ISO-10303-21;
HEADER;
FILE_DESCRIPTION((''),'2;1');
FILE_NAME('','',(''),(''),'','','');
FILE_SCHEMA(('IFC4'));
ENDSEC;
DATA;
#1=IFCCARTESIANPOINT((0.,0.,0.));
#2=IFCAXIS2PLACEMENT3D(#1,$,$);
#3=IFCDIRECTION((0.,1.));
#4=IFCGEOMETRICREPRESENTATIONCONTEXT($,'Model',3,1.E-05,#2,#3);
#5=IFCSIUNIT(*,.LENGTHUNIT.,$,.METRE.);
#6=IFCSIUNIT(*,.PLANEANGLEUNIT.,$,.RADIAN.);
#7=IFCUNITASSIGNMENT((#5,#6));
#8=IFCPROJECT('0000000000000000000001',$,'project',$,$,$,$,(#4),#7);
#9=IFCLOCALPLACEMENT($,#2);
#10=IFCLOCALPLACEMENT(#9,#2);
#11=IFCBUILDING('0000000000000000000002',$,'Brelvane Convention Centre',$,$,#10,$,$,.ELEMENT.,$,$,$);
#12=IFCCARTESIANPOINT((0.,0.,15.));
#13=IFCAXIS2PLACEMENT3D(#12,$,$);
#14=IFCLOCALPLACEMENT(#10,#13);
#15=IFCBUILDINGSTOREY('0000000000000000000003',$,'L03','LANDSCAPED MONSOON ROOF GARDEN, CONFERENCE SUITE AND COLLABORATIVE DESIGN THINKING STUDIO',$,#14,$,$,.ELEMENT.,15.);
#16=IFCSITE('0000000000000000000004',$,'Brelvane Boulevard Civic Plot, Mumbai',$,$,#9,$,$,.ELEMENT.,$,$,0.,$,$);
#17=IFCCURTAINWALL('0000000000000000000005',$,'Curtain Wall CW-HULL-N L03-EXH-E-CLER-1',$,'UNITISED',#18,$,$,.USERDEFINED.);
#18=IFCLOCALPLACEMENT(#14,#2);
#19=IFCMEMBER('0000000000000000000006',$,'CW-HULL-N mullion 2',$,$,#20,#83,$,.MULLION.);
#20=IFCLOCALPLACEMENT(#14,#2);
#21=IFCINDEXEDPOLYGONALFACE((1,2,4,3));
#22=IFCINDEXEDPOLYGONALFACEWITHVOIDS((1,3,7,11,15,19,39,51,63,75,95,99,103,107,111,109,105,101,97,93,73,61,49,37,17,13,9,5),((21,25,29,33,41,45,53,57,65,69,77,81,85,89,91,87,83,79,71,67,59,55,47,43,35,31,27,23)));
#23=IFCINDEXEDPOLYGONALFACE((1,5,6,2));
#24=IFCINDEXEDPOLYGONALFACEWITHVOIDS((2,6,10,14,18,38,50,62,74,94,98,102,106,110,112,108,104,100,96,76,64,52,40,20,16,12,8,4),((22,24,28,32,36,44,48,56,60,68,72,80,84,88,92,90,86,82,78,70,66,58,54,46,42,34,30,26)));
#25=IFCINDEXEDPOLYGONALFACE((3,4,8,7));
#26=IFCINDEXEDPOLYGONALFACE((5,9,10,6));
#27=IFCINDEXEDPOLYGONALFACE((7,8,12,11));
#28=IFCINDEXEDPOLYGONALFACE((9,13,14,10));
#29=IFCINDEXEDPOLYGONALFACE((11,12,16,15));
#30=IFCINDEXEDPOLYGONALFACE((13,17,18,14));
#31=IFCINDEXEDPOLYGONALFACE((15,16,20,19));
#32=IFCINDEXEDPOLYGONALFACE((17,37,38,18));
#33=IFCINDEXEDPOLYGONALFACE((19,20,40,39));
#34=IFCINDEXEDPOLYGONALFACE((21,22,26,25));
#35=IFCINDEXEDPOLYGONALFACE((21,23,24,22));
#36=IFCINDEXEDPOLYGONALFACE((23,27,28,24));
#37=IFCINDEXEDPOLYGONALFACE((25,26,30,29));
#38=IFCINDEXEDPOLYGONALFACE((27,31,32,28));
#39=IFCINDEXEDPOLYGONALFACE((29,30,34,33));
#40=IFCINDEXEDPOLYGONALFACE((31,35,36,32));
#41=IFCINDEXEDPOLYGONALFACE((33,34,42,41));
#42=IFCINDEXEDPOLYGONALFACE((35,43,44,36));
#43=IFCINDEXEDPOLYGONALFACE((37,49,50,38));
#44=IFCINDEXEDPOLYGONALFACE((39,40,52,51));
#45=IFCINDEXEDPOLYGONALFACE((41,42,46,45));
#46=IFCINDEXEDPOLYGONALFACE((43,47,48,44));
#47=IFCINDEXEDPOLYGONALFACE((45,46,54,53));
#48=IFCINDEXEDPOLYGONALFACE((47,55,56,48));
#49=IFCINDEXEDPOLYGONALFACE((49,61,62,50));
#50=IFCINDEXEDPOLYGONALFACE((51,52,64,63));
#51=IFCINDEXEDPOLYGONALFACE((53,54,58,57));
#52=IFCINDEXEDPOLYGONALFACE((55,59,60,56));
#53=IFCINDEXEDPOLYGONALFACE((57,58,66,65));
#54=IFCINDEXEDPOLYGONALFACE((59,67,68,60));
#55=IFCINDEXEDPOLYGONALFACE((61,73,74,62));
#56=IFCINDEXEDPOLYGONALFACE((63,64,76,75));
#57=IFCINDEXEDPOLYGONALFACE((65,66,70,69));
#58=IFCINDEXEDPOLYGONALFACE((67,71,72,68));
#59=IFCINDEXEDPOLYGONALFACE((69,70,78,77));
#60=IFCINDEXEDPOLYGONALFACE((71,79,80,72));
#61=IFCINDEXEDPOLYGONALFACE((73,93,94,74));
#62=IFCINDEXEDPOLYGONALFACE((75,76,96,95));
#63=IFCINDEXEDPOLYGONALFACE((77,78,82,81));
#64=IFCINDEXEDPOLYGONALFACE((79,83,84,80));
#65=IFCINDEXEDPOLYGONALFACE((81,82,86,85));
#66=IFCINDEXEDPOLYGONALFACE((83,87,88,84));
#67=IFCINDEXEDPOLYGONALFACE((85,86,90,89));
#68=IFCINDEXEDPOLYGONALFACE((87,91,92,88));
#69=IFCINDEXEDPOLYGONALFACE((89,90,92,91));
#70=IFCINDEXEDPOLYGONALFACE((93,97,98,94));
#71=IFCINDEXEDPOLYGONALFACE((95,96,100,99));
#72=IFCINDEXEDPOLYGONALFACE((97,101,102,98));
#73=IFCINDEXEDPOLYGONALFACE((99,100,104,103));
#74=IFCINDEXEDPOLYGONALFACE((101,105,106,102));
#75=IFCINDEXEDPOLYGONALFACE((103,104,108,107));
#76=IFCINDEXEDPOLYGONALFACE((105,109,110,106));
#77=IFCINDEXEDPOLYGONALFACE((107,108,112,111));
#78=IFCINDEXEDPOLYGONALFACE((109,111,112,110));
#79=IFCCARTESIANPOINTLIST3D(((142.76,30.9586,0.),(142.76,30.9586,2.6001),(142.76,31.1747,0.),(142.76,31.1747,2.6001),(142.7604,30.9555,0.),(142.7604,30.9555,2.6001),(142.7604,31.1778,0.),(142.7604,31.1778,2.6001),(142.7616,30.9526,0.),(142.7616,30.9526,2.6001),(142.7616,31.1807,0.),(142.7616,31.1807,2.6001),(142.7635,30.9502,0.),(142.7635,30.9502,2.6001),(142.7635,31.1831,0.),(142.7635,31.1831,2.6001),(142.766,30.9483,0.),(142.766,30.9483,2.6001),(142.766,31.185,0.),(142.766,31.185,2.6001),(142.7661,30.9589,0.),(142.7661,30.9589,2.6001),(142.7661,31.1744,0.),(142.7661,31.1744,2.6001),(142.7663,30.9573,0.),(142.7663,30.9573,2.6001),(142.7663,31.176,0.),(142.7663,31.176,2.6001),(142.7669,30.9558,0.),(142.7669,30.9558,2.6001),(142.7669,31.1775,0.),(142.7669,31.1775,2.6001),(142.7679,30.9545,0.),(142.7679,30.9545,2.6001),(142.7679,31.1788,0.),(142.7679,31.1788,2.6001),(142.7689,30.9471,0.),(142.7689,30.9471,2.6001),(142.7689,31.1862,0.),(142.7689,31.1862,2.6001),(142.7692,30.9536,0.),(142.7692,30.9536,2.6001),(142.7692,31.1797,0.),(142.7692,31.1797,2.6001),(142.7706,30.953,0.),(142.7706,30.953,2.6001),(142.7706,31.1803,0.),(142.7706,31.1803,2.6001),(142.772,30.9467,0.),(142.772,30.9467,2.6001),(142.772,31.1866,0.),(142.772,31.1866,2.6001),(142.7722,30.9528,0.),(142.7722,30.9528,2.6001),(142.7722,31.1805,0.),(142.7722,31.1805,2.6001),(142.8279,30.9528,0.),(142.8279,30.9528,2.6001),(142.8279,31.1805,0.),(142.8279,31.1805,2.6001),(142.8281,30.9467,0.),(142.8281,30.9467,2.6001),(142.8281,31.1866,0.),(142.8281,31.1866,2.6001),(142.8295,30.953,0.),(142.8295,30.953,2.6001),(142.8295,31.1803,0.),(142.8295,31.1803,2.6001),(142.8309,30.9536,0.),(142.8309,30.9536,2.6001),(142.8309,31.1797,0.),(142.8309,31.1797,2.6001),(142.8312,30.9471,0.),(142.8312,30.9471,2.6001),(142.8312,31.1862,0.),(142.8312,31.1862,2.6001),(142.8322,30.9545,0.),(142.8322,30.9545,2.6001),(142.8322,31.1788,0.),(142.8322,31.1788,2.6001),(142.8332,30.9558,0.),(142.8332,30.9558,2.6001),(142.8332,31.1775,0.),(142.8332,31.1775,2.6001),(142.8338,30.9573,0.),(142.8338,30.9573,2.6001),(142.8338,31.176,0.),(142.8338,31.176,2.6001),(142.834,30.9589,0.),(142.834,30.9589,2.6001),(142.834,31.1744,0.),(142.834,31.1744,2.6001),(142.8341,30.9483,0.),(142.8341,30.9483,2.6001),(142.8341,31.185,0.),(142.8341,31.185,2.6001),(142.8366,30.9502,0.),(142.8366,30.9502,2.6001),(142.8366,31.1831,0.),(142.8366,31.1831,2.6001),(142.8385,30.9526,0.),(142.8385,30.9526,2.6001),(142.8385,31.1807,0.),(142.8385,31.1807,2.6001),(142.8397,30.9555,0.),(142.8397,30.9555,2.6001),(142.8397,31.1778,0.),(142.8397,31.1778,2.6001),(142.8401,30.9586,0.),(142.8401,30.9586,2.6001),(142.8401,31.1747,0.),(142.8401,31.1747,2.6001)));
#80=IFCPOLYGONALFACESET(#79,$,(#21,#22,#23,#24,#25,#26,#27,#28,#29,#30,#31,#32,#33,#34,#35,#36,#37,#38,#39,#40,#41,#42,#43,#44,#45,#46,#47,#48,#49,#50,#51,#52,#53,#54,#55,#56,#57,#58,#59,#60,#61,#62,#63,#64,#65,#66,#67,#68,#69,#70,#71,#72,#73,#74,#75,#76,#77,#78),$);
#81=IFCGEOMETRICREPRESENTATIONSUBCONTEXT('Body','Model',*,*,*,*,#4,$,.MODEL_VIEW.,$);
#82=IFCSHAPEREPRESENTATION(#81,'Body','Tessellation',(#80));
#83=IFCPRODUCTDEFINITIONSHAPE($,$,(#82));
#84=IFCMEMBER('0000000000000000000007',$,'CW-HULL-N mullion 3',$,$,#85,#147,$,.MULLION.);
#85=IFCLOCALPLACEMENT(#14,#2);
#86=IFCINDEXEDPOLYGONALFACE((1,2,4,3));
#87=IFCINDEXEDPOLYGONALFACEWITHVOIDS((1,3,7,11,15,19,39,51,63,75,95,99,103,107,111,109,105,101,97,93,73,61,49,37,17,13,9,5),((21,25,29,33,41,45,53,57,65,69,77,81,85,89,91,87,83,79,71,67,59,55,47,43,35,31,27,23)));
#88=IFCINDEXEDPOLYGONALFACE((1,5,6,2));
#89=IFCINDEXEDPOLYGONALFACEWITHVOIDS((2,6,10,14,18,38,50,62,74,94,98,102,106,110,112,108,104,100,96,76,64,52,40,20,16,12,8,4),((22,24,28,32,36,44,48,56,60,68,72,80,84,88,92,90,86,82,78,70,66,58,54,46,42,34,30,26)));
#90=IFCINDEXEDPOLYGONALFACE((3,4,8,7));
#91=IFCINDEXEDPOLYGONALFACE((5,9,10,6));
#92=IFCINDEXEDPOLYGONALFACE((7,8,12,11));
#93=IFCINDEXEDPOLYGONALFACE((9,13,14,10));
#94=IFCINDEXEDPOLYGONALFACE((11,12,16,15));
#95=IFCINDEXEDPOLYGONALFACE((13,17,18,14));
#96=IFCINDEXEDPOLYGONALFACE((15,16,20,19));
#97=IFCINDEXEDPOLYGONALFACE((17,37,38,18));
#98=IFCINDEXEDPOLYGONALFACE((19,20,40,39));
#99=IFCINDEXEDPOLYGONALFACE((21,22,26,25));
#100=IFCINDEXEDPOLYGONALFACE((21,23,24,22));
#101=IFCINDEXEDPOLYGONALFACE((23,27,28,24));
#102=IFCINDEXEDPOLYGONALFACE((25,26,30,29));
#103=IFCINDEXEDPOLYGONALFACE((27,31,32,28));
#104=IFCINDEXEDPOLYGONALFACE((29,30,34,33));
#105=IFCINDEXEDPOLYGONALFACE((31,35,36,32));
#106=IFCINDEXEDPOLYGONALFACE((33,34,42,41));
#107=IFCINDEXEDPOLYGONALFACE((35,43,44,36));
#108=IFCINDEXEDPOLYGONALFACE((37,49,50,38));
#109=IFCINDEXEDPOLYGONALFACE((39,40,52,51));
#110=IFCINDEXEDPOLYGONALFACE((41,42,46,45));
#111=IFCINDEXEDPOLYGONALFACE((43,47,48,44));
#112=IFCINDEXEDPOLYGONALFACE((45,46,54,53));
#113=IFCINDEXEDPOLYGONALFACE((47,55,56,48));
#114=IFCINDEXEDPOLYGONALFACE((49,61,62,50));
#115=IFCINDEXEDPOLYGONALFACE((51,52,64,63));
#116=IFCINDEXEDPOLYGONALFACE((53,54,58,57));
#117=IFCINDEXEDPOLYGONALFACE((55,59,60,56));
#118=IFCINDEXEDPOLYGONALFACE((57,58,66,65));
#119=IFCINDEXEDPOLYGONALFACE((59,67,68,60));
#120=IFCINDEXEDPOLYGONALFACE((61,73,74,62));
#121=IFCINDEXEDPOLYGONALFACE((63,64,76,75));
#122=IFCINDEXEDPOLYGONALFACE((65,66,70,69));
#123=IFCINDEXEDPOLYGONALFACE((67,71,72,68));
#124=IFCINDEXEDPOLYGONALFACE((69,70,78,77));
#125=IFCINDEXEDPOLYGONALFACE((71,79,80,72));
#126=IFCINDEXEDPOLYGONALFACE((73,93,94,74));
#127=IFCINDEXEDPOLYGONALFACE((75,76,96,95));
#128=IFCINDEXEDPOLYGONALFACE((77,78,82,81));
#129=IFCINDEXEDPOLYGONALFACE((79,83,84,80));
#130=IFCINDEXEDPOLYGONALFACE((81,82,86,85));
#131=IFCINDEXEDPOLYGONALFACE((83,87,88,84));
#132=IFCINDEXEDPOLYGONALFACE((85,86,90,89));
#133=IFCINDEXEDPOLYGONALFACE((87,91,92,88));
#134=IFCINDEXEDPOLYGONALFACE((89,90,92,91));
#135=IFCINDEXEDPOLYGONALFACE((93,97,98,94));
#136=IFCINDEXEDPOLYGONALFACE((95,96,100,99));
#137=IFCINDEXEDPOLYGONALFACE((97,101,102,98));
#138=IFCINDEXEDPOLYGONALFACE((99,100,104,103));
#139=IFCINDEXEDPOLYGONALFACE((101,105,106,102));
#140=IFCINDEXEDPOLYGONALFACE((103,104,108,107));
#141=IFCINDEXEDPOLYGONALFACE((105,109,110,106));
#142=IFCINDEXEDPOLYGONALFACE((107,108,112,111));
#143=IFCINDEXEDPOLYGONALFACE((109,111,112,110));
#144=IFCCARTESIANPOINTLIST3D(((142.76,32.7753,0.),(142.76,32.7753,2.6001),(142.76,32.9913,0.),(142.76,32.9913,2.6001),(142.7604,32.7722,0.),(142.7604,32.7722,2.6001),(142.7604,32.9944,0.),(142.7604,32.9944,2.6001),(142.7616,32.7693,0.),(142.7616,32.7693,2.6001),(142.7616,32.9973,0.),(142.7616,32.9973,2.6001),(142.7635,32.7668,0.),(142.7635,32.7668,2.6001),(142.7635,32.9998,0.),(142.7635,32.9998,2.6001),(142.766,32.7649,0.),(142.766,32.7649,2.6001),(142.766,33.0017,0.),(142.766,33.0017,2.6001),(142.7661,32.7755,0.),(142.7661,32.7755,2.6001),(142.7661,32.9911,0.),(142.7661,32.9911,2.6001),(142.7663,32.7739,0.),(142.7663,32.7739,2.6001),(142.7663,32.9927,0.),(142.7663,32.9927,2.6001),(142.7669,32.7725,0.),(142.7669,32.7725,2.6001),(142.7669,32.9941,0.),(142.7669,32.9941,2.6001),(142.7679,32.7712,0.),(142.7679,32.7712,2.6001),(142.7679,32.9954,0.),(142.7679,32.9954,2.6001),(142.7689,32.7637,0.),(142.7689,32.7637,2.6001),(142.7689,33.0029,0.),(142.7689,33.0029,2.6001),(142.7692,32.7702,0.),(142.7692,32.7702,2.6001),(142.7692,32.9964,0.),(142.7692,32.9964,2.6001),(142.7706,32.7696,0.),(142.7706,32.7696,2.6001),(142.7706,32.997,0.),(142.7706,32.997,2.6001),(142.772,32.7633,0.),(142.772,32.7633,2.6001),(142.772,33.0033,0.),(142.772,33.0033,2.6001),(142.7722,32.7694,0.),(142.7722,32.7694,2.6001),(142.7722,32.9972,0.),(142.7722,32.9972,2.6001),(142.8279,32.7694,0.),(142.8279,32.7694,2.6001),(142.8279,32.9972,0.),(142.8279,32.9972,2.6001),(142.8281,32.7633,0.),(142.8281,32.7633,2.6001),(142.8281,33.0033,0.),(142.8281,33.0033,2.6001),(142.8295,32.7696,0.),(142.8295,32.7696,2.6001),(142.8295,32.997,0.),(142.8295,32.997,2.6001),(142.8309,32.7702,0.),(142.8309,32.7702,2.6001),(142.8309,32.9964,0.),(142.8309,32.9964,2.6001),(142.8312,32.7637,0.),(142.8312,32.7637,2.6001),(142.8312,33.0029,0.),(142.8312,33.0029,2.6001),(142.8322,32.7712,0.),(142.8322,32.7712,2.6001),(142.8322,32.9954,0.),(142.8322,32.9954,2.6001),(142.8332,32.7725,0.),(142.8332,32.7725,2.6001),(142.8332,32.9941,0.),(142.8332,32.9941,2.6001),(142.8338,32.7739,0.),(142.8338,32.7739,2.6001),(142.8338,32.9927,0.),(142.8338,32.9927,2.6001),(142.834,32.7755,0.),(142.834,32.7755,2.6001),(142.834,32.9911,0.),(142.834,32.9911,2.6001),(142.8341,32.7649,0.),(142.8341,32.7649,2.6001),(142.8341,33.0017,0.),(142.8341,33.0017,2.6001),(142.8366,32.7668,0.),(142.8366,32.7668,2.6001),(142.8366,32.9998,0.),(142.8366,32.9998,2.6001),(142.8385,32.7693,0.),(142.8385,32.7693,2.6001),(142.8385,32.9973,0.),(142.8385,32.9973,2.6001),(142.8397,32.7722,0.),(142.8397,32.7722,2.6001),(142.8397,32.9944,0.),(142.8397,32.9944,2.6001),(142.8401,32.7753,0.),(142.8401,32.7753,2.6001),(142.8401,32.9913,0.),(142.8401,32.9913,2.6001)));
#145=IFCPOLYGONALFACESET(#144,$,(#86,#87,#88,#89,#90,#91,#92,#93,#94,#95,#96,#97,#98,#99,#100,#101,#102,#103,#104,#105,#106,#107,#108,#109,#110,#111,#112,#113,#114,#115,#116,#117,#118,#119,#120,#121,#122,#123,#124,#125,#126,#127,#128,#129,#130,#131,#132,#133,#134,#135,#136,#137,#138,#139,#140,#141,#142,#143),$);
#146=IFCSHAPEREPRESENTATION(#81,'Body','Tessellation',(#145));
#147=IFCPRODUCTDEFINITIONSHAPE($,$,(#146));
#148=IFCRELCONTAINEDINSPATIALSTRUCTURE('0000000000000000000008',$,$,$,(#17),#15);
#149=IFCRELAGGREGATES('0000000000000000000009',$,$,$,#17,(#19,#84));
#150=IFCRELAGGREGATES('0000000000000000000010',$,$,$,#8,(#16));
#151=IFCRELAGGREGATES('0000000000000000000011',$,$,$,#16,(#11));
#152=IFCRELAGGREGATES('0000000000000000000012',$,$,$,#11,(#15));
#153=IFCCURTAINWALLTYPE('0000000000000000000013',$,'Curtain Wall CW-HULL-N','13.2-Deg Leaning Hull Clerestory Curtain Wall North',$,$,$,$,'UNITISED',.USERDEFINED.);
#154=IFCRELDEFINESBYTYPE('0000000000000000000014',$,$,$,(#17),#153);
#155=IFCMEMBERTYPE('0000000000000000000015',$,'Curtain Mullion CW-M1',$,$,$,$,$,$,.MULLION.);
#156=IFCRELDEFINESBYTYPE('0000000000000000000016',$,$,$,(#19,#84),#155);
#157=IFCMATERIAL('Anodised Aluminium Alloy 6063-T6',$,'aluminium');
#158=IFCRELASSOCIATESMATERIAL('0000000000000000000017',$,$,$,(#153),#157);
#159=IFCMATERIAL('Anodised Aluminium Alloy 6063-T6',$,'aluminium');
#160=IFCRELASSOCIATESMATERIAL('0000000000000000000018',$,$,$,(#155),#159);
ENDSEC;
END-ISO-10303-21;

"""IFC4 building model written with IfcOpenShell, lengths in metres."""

from ifc_helpers import new_model, si_unit, direction, frame, origin, origin_2d, place, context, subcontext, project, spatial, hollow_rectangle, extrude, material, material_profile, profile_set, type_object, element, aggregate, save


model = new_model("IFC4")

# Units and contexts
model_context = context("Model", 3, precision=1e-05, world=origin(), true_north=direction((0.0, 1.0)))
body_context = subcontext(model_context, "Body", "Model", "MODEL_VIEW")
ifc_project = project(units=[si_unit("LENGTHUNIT", "METRE"), si_unit("PLANEANGLEUNIT", "RADIAN")], contexts=[model_context])

# Site, building, storey
site_placement = place(None, origin())
site = spatial("IfcSite", under=ifc_project, at=site_placement, Name="Brelvane Boulevard Civic Plot, Mumbai", CompositionType="ELEMENT", RefElevation=0.0)
building_placement = place(site_placement, origin())
building = spatial("IfcBuilding", under=site, at=building_placement, Name="Brelvane Convention Centre", CompositionType="ELEMENT")
storey_placement = place(building_placement, frame((0.0, 0.0, 15.0)))
storey = spatial("IfcBuildingStorey", under=building, at=storey_placement, Name="L03", Description="LANDSCAPED MONSOON ROOF GARDEN, CONFERENCE SUITE AND COLLABORATIVE DESIGN THINKING STUDIO", CompositionType="ELEMENT", Elevation=15.0)

# Curtain wall, members
ifc_material_1 = material(Name="Anodised Aluminium Alloy 6063-T6", Category="aluminium")
curtain_wall_type = type_object("IfcCurtainWallType", Name="Curtain Wall CW-HULL-N", Description="13.2-Deg Leaning Hull Clerestory Curtain Wall North", ElementType="UNITISED", PredefinedType="USERDEFINED", material=ifc_material_1)
curtain_wall_placement = place(storey_placement, origin())
curtain_wall = element("IfcCurtainWall", 1, at=curtain_wall_placement, inside=storey, type_object=curtain_wall_type, Name="Curtain Wall CW-HULL-N L03-EXH-E-CLER-1", ObjectType="UNITISED", PredefinedType="USERDEFINED")
ifc_material_2 = material(Name="Anodised Aluminium Alloy 6063-T6", Category="aluminium")
ifc_material_profile_1 = material_profile(ifc_material_2, hollow_rectangle(XDim=0.0801, YDim=0.24, WallThickness=0.0061, InnerFilletRadius=0.0061, OuterFilletRadius=0.012, at=origin_2d()), Name="ALU-M 240x80x6.0")
ifc_profile_set_1 = profile_set([ifc_material_profile_1], Name="Anodised Aluminium Alloy 6063-T6")
member_type_1 = type_object("IfcMemberType", Name="Curtain Mullion CW-M1", PredefinedType="MULLION", material=ifc_profile_set_1)
member_1_placement = place(storey_placement, frame((142.8, 31.0667, 0.0), z_axis=(0.0, 0.0, 1.0), x_axis=(-1.0, 0.0, 0.0)))
member_1 = element("IfcMember", 2, at=member_1_placement, type_object=member_type_1, Name="CW-HULL-N mullion 2", PredefinedType="MULLION", context=body_context, shape_type="SweptSolid", body=[
    extrude(hollow_rectangle(XDim=0.0801, YDim=0.24, WallThickness=0.0061, InnerFilletRadius=0.0061, OuterFilletRadius=0.012, at=origin_2d()), origin(), (0.0, 0.0, 1.0), 2.6001),
])
member_2_placement = place(storey_placement, frame((142.8, 32.8833, 0.0), z_axis=(0.0, 0.0, 1.0), x_axis=(-1.0, 0.0, 0.0)))
member_2 = element("IfcMember", 3, at=member_2_placement, type_object=member_type_1, Name="CW-HULL-N mullion 3", PredefinedType="MULLION", context=body_context, shape_type="SweptSolid", body=[
    extrude(hollow_rectangle(XDim=0.0801, YDim=0.24, WallThickness=0.0061, InnerFilletRadius=0.0061, OuterFilletRadius=0.012, at=origin_2d()), origin(), (0.0, 0.0, 1.0), 2.6001),
])

aggregate(curtain_wall, [member_1, member_2])

save(model, "model.ifc")
